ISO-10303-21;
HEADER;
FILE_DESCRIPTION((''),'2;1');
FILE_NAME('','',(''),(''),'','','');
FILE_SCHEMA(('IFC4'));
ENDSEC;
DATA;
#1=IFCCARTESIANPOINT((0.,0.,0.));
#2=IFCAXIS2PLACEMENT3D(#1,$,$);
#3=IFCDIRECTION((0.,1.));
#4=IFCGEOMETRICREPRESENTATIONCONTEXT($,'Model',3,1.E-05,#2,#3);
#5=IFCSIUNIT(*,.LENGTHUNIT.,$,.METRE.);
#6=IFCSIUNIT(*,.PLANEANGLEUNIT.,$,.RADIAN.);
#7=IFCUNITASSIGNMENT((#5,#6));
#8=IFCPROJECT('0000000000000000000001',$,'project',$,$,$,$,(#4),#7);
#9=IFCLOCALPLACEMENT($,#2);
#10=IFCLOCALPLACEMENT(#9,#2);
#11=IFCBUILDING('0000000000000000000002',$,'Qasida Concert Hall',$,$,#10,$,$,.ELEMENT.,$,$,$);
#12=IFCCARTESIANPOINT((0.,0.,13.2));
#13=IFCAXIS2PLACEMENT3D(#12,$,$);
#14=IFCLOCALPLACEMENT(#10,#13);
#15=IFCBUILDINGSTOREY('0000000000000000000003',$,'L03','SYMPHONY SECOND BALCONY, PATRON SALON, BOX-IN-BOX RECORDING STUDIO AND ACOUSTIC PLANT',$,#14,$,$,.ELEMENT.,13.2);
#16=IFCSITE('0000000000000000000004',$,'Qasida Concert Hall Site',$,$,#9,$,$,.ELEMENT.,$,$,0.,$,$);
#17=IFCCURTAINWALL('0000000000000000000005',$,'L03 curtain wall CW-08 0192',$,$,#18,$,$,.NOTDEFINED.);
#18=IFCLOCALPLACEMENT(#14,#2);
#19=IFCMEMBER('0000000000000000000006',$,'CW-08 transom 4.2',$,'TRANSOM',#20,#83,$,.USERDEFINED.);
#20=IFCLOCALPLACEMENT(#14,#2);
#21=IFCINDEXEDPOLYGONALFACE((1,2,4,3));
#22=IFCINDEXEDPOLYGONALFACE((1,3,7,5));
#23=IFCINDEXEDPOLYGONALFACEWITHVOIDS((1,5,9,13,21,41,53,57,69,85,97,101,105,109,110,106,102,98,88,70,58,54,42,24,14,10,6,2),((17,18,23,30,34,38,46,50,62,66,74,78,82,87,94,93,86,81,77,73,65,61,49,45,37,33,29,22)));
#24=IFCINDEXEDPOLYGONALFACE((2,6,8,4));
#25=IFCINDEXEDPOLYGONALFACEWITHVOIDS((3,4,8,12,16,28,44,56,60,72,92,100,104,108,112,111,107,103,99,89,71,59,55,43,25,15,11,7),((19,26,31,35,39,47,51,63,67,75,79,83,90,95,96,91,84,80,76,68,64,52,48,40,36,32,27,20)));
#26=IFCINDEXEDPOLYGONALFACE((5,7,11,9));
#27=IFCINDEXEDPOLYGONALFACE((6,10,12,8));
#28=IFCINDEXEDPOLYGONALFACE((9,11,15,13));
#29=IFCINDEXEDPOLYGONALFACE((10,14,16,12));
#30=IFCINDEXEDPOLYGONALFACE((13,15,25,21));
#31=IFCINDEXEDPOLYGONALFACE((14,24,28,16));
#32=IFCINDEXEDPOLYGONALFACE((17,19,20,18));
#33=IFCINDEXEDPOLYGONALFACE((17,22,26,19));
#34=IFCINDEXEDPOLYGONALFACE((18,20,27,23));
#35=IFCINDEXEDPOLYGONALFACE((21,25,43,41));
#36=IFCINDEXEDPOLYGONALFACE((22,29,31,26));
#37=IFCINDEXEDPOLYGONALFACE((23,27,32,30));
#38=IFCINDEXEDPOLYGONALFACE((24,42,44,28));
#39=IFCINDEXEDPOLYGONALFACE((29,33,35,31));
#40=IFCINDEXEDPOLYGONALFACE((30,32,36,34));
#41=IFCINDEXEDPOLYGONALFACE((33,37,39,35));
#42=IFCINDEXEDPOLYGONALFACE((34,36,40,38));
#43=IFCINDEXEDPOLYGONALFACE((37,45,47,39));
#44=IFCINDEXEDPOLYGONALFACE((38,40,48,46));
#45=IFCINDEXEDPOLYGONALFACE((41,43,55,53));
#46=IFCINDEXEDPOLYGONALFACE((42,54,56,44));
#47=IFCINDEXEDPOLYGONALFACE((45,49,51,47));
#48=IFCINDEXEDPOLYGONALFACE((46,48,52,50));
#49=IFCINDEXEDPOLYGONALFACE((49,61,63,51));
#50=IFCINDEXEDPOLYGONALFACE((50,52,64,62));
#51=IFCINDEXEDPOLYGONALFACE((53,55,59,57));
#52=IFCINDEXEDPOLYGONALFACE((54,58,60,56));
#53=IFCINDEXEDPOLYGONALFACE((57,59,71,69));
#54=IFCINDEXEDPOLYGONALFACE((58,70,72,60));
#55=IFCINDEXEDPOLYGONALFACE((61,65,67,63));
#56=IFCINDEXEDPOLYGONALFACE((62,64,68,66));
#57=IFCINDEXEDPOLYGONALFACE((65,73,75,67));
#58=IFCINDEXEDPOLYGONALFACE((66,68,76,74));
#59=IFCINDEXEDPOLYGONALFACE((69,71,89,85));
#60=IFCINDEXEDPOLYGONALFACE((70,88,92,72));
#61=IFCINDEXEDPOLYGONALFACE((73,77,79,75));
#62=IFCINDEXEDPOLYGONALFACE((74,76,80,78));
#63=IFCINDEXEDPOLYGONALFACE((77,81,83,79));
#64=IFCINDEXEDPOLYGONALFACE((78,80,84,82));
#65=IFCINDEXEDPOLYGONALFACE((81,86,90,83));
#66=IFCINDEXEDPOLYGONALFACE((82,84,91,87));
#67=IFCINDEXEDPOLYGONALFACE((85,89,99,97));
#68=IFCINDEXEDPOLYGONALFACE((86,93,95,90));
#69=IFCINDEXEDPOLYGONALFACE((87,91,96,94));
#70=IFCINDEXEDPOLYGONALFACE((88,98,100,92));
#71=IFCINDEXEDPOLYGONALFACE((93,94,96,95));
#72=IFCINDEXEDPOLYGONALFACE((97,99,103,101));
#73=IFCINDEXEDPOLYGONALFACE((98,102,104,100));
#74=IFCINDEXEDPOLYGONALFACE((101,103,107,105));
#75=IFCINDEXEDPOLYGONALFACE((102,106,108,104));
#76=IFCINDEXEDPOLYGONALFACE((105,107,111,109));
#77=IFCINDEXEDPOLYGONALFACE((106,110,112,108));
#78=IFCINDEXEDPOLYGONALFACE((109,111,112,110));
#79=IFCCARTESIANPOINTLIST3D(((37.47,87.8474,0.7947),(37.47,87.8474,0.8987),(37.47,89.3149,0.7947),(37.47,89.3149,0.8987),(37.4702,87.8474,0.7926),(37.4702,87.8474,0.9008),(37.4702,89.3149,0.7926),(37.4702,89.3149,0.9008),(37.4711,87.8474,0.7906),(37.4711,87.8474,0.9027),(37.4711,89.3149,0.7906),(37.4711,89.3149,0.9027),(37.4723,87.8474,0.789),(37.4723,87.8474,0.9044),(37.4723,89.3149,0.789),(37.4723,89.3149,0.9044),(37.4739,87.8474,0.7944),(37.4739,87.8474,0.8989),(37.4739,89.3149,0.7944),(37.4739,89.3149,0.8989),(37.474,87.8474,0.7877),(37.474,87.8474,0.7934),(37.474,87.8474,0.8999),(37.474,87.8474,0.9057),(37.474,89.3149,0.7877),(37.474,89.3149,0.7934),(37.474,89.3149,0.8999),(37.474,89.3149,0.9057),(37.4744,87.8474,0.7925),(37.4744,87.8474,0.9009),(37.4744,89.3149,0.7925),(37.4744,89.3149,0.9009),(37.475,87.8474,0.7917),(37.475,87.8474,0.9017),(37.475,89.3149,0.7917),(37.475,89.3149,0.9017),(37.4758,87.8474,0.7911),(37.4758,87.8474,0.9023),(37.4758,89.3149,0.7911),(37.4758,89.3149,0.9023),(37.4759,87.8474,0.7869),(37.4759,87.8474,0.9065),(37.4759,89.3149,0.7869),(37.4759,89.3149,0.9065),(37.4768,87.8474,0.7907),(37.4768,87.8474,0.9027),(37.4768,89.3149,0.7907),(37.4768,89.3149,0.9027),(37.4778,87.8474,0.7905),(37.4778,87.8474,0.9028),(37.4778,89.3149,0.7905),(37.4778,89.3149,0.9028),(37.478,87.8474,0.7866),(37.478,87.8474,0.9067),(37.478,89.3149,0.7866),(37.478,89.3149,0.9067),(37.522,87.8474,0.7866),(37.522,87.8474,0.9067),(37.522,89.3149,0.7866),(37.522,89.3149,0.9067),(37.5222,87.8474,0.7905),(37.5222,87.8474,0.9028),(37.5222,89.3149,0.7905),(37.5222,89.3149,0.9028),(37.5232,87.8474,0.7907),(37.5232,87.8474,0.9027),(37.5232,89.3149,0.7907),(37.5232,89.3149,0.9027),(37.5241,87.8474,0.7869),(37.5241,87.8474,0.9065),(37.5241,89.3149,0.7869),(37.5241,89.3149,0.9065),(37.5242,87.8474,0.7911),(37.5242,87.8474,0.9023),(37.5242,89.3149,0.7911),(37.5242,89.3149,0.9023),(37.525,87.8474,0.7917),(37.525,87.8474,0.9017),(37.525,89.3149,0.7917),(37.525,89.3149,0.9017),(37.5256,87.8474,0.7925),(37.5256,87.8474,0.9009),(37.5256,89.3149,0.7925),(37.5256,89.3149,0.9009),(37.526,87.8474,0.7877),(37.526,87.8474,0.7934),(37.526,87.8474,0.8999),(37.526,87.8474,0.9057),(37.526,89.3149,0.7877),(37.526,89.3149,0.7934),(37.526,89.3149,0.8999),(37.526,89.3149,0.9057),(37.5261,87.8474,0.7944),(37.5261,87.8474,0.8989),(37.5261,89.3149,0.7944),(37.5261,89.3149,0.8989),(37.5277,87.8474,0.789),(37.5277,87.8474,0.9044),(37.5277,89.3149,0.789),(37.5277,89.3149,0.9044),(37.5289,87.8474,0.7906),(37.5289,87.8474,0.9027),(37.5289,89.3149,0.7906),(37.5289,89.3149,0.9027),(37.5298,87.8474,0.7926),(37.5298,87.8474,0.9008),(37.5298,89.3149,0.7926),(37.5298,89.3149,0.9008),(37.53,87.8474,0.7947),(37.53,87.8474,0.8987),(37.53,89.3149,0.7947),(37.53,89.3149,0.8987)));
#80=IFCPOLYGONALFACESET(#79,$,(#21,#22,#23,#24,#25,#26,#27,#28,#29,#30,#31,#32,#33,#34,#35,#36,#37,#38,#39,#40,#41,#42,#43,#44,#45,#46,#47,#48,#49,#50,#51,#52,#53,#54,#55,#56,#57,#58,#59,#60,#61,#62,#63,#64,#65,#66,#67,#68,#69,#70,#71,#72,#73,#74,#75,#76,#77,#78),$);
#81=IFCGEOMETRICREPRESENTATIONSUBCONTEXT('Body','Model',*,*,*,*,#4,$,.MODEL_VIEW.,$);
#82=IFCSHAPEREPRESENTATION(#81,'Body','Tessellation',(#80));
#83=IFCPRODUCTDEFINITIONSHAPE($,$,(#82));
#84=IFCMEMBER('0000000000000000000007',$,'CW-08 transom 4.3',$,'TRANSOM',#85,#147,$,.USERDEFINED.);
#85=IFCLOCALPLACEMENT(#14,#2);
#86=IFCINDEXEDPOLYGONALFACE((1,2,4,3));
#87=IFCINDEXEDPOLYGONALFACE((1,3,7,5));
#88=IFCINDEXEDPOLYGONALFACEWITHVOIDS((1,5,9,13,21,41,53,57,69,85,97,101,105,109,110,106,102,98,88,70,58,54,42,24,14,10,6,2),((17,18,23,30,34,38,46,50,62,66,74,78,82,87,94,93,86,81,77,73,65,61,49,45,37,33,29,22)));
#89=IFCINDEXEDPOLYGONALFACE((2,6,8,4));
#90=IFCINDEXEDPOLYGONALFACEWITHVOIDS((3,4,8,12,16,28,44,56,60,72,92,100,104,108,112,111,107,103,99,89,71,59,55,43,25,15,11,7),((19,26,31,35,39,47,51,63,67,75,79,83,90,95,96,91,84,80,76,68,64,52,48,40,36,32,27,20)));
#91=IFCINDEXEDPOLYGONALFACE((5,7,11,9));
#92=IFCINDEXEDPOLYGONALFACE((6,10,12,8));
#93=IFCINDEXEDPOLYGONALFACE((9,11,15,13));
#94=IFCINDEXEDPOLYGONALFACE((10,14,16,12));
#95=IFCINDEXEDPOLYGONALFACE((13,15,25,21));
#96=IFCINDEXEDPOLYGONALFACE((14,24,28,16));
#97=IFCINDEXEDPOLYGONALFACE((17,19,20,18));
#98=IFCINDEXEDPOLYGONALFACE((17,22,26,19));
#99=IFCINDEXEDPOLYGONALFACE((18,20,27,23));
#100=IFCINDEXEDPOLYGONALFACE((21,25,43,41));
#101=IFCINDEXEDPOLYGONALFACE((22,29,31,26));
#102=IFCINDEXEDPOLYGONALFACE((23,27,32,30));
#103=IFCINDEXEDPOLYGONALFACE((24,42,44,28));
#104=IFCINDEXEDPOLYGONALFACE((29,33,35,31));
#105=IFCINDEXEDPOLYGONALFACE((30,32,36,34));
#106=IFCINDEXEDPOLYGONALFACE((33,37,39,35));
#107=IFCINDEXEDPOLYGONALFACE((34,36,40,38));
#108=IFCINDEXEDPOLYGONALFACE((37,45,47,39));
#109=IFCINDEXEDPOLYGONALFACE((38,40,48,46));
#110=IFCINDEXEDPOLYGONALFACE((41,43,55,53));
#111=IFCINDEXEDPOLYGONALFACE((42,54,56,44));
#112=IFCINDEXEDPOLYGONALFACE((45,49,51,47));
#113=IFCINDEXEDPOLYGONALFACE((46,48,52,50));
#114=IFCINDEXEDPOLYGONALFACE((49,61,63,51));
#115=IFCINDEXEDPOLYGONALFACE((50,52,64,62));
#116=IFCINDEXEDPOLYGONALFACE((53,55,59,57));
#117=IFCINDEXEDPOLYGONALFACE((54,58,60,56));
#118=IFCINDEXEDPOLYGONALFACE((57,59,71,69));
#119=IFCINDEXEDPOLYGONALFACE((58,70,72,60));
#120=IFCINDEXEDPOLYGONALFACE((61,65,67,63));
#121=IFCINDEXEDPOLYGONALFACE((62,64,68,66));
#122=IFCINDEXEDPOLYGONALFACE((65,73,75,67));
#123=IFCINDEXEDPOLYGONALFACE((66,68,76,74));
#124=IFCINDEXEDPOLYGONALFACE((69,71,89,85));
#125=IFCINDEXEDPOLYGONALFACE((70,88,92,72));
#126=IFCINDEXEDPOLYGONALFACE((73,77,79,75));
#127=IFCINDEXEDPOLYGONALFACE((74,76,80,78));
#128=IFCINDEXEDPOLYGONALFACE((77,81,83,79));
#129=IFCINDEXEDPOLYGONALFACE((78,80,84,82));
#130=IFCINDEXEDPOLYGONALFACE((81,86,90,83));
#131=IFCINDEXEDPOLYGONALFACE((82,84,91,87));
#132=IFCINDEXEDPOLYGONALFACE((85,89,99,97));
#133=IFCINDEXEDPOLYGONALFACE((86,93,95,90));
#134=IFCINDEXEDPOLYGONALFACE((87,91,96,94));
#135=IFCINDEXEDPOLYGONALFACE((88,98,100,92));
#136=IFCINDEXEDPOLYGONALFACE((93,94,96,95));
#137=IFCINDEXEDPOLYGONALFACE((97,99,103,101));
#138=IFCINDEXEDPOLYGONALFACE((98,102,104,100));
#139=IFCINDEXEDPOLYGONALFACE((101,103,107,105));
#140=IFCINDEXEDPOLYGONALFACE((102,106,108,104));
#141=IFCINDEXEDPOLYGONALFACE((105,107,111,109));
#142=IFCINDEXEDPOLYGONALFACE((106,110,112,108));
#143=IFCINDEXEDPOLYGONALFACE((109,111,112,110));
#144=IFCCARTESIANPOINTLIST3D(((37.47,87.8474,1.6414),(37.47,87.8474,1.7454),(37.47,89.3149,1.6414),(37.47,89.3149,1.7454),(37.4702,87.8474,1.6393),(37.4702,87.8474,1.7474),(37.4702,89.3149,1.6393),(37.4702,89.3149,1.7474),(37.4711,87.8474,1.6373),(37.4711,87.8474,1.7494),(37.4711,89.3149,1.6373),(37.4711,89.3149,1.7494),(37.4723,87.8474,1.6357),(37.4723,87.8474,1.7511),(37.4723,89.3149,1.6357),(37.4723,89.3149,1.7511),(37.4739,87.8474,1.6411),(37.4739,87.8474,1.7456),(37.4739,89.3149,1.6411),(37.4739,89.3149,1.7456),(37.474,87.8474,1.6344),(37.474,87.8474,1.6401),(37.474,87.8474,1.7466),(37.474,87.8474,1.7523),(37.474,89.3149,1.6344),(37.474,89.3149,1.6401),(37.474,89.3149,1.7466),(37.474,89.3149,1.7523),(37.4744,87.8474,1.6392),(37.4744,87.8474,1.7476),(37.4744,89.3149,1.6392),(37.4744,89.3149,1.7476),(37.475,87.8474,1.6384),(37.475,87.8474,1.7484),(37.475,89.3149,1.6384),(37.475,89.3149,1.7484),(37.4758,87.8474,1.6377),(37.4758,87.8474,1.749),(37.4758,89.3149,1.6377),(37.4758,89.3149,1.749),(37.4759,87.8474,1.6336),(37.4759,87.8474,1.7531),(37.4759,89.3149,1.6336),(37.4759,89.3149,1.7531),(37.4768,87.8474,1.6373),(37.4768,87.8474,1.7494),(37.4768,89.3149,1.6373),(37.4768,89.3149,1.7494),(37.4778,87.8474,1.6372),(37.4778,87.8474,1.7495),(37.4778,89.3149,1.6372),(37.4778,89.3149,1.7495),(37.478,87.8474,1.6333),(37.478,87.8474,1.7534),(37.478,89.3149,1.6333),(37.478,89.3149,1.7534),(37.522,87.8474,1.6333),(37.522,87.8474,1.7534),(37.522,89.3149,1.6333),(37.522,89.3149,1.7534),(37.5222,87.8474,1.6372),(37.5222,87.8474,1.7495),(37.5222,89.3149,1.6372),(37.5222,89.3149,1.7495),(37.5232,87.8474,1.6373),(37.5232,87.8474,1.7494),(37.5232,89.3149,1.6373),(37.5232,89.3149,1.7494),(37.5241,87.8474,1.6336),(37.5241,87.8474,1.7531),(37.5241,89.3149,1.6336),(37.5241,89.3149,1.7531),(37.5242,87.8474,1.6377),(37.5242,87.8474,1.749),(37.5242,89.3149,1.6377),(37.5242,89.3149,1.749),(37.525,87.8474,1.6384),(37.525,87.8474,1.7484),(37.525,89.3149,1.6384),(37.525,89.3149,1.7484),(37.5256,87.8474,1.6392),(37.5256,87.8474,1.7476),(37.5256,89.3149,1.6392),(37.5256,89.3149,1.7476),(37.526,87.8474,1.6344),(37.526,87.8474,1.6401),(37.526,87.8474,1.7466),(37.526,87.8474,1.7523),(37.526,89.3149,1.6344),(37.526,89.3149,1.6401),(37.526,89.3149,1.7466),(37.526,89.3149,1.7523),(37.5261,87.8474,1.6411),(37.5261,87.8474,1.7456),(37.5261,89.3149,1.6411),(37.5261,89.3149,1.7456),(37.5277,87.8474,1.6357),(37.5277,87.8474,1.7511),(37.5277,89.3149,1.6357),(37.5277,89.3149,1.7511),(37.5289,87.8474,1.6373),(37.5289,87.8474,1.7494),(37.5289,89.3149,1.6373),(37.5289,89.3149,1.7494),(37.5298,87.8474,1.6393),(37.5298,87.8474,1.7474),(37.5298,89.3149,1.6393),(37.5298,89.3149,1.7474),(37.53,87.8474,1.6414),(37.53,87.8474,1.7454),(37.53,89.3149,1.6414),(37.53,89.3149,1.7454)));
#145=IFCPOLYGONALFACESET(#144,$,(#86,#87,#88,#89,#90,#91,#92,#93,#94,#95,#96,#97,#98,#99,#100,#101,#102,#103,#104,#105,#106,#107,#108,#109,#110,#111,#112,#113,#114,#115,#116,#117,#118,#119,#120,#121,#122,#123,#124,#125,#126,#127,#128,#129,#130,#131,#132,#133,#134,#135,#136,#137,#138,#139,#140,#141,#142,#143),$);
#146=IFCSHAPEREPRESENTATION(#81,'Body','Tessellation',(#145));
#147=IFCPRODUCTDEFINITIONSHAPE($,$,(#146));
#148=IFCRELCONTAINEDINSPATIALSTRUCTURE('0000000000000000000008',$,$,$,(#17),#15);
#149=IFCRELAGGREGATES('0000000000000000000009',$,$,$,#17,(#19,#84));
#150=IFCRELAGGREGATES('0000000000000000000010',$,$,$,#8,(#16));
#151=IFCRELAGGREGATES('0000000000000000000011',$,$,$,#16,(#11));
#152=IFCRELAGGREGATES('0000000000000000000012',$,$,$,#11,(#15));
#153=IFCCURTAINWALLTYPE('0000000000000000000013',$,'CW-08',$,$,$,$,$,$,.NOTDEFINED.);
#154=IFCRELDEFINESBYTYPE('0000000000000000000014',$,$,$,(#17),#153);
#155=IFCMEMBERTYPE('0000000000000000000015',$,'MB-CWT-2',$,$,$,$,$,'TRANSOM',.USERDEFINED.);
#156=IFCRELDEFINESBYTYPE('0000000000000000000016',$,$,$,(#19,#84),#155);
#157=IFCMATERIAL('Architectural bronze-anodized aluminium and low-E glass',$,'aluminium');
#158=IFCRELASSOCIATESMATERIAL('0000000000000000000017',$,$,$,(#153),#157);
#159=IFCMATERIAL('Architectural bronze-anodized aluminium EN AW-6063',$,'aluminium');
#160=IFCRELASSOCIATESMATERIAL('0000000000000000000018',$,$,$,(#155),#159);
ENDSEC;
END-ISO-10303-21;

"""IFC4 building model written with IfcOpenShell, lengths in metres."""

from ifc_helpers import new_model, si_unit, direction, frame, origin, origin_2d, place, context, subcontext, project, spatial, hollow_rectangle, extrude, material, material_profile, profile_set, type_object, element, aggregate, save


model = new_model("IFC4")

# Units and contexts
model_context = context("Model", 3, precision=1e-05, world=origin(), true_north=direction((0.0, 1.0)))
body_context = subcontext(model_context, "Body", "Model", "MODEL_VIEW")
ifc_project = project(units=[si_unit("LENGTHUNIT", "METRE"), si_unit("PLANEANGLEUNIT", "RADIAN")], contexts=[model_context])

# Site, building, storey
site_placement = place(None, origin())
site = spatial("IfcSite", under=ifc_project, at=site_placement, Name="Qasida Concert Hall Site", CompositionType="ELEMENT", RefElevation=0.0)
building_placement = place(site_placement, origin())
building = spatial("IfcBuilding", under=site, at=building_placement, Name="Qasida Concert Hall", CompositionType="ELEMENT")
storey_placement = place(building_placement, frame((0.0, 0.0, 13.2)))
storey = spatial("IfcBuildingStorey", under=building, at=storey_placement, Name="L03", Description="SYMPHONY SECOND BALCONY, PATRON SALON, BOX-IN-BOX RECORDING STUDIO AND ACOUSTIC PLANT", CompositionType="ELEMENT", Elevation=13.2)

# Curtain wall, members
ifc_material_1 = material(Name="Architectural bronze-anodized aluminium and low-E glass", Category="aluminium")
curtain_wall_type = type_object("IfcCurtainWallType", Name="CW-08", PredefinedType="NOTDEFINED", material=ifc_material_1)
curtain_wall_placement = place(storey_placement, origin())
curtain_wall = element("IfcCurtainWall", 1, at=curtain_wall_placement, inside=storey, type_object=curtain_wall_type, Name="L03 curtain wall CW-08 0192", PredefinedType="NOTDEFINED")
ifc_material_2 = material(Name="Architectural bronze-anodized aluminium EN AW-6063", Category="aluminium")
ifc_material_profile_1 = material_profile(ifc_material_2, hollow_rectangle(XDim=0.0601, YDim=0.1201, WallThickness=0.0039, InnerFilletRadius=0.0039, OuterFilletRadius=0.0081, at=origin_2d()), Name="CWT 120x60x4")
ifc_profile_set_1 = profile_set([ifc_material_profile_1], Name="Architectural bronze-anodized aluminium EN AW-6063")
member_type_1 = type_object("IfcMemberType", Name="MB-CWT-2", ElementType="TRANSOM", PredefinedType="USERDEFINED", material=ifc_profile_set_1)
member_1_placement = place(storey_placement, frame((37.5, 87.8474, 0.8467), z_axis=(0.0, 1.0, 0.0), x_axis=(-1.0, 0.0, 0.0)))
member_1 = element("IfcMember", 2, at=member_1_placement, type_object=member_type_1, Name="CW-08 transom 4.2", ObjectType="TRANSOM", PredefinedType="USERDEFINED", context=body_context, shape_type="SweptSolid", body=[
    extrude(hollow_rectangle(XDim=0.0601, YDim=0.1201, WallThickness=0.0039, InnerFilletRadius=0.0039, OuterFilletRadius=0.0081, at=origin_2d()), origin(), (0.0, 0.0, 1.0), 1.4675),
])
member_2_placement = place(storey_placement, frame((37.5, 87.8474, 1.6934), z_axis=(0.0, 1.0, 0.0), x_axis=(-1.0, 0.0, 0.0)))
member_2 = element("IfcMember", 3, at=member_2_placement, type_object=member_type_1, Name="CW-08 transom 4.3", ObjectType="TRANSOM", PredefinedType="USERDEFINED", context=body_context, shape_type="SweptSolid", body=[
    extrude(hollow_rectangle(XDim=0.0601, YDim=0.1201, WallThickness=0.0039, InnerFilletRadius=0.0039, OuterFilletRadius=0.0081, at=origin_2d()), origin(), (0.0, 0.0, 1.0), 1.4675),
])
aggregate(curtain_wall, [member_1, member_2])

save(model, "model.ifc")
